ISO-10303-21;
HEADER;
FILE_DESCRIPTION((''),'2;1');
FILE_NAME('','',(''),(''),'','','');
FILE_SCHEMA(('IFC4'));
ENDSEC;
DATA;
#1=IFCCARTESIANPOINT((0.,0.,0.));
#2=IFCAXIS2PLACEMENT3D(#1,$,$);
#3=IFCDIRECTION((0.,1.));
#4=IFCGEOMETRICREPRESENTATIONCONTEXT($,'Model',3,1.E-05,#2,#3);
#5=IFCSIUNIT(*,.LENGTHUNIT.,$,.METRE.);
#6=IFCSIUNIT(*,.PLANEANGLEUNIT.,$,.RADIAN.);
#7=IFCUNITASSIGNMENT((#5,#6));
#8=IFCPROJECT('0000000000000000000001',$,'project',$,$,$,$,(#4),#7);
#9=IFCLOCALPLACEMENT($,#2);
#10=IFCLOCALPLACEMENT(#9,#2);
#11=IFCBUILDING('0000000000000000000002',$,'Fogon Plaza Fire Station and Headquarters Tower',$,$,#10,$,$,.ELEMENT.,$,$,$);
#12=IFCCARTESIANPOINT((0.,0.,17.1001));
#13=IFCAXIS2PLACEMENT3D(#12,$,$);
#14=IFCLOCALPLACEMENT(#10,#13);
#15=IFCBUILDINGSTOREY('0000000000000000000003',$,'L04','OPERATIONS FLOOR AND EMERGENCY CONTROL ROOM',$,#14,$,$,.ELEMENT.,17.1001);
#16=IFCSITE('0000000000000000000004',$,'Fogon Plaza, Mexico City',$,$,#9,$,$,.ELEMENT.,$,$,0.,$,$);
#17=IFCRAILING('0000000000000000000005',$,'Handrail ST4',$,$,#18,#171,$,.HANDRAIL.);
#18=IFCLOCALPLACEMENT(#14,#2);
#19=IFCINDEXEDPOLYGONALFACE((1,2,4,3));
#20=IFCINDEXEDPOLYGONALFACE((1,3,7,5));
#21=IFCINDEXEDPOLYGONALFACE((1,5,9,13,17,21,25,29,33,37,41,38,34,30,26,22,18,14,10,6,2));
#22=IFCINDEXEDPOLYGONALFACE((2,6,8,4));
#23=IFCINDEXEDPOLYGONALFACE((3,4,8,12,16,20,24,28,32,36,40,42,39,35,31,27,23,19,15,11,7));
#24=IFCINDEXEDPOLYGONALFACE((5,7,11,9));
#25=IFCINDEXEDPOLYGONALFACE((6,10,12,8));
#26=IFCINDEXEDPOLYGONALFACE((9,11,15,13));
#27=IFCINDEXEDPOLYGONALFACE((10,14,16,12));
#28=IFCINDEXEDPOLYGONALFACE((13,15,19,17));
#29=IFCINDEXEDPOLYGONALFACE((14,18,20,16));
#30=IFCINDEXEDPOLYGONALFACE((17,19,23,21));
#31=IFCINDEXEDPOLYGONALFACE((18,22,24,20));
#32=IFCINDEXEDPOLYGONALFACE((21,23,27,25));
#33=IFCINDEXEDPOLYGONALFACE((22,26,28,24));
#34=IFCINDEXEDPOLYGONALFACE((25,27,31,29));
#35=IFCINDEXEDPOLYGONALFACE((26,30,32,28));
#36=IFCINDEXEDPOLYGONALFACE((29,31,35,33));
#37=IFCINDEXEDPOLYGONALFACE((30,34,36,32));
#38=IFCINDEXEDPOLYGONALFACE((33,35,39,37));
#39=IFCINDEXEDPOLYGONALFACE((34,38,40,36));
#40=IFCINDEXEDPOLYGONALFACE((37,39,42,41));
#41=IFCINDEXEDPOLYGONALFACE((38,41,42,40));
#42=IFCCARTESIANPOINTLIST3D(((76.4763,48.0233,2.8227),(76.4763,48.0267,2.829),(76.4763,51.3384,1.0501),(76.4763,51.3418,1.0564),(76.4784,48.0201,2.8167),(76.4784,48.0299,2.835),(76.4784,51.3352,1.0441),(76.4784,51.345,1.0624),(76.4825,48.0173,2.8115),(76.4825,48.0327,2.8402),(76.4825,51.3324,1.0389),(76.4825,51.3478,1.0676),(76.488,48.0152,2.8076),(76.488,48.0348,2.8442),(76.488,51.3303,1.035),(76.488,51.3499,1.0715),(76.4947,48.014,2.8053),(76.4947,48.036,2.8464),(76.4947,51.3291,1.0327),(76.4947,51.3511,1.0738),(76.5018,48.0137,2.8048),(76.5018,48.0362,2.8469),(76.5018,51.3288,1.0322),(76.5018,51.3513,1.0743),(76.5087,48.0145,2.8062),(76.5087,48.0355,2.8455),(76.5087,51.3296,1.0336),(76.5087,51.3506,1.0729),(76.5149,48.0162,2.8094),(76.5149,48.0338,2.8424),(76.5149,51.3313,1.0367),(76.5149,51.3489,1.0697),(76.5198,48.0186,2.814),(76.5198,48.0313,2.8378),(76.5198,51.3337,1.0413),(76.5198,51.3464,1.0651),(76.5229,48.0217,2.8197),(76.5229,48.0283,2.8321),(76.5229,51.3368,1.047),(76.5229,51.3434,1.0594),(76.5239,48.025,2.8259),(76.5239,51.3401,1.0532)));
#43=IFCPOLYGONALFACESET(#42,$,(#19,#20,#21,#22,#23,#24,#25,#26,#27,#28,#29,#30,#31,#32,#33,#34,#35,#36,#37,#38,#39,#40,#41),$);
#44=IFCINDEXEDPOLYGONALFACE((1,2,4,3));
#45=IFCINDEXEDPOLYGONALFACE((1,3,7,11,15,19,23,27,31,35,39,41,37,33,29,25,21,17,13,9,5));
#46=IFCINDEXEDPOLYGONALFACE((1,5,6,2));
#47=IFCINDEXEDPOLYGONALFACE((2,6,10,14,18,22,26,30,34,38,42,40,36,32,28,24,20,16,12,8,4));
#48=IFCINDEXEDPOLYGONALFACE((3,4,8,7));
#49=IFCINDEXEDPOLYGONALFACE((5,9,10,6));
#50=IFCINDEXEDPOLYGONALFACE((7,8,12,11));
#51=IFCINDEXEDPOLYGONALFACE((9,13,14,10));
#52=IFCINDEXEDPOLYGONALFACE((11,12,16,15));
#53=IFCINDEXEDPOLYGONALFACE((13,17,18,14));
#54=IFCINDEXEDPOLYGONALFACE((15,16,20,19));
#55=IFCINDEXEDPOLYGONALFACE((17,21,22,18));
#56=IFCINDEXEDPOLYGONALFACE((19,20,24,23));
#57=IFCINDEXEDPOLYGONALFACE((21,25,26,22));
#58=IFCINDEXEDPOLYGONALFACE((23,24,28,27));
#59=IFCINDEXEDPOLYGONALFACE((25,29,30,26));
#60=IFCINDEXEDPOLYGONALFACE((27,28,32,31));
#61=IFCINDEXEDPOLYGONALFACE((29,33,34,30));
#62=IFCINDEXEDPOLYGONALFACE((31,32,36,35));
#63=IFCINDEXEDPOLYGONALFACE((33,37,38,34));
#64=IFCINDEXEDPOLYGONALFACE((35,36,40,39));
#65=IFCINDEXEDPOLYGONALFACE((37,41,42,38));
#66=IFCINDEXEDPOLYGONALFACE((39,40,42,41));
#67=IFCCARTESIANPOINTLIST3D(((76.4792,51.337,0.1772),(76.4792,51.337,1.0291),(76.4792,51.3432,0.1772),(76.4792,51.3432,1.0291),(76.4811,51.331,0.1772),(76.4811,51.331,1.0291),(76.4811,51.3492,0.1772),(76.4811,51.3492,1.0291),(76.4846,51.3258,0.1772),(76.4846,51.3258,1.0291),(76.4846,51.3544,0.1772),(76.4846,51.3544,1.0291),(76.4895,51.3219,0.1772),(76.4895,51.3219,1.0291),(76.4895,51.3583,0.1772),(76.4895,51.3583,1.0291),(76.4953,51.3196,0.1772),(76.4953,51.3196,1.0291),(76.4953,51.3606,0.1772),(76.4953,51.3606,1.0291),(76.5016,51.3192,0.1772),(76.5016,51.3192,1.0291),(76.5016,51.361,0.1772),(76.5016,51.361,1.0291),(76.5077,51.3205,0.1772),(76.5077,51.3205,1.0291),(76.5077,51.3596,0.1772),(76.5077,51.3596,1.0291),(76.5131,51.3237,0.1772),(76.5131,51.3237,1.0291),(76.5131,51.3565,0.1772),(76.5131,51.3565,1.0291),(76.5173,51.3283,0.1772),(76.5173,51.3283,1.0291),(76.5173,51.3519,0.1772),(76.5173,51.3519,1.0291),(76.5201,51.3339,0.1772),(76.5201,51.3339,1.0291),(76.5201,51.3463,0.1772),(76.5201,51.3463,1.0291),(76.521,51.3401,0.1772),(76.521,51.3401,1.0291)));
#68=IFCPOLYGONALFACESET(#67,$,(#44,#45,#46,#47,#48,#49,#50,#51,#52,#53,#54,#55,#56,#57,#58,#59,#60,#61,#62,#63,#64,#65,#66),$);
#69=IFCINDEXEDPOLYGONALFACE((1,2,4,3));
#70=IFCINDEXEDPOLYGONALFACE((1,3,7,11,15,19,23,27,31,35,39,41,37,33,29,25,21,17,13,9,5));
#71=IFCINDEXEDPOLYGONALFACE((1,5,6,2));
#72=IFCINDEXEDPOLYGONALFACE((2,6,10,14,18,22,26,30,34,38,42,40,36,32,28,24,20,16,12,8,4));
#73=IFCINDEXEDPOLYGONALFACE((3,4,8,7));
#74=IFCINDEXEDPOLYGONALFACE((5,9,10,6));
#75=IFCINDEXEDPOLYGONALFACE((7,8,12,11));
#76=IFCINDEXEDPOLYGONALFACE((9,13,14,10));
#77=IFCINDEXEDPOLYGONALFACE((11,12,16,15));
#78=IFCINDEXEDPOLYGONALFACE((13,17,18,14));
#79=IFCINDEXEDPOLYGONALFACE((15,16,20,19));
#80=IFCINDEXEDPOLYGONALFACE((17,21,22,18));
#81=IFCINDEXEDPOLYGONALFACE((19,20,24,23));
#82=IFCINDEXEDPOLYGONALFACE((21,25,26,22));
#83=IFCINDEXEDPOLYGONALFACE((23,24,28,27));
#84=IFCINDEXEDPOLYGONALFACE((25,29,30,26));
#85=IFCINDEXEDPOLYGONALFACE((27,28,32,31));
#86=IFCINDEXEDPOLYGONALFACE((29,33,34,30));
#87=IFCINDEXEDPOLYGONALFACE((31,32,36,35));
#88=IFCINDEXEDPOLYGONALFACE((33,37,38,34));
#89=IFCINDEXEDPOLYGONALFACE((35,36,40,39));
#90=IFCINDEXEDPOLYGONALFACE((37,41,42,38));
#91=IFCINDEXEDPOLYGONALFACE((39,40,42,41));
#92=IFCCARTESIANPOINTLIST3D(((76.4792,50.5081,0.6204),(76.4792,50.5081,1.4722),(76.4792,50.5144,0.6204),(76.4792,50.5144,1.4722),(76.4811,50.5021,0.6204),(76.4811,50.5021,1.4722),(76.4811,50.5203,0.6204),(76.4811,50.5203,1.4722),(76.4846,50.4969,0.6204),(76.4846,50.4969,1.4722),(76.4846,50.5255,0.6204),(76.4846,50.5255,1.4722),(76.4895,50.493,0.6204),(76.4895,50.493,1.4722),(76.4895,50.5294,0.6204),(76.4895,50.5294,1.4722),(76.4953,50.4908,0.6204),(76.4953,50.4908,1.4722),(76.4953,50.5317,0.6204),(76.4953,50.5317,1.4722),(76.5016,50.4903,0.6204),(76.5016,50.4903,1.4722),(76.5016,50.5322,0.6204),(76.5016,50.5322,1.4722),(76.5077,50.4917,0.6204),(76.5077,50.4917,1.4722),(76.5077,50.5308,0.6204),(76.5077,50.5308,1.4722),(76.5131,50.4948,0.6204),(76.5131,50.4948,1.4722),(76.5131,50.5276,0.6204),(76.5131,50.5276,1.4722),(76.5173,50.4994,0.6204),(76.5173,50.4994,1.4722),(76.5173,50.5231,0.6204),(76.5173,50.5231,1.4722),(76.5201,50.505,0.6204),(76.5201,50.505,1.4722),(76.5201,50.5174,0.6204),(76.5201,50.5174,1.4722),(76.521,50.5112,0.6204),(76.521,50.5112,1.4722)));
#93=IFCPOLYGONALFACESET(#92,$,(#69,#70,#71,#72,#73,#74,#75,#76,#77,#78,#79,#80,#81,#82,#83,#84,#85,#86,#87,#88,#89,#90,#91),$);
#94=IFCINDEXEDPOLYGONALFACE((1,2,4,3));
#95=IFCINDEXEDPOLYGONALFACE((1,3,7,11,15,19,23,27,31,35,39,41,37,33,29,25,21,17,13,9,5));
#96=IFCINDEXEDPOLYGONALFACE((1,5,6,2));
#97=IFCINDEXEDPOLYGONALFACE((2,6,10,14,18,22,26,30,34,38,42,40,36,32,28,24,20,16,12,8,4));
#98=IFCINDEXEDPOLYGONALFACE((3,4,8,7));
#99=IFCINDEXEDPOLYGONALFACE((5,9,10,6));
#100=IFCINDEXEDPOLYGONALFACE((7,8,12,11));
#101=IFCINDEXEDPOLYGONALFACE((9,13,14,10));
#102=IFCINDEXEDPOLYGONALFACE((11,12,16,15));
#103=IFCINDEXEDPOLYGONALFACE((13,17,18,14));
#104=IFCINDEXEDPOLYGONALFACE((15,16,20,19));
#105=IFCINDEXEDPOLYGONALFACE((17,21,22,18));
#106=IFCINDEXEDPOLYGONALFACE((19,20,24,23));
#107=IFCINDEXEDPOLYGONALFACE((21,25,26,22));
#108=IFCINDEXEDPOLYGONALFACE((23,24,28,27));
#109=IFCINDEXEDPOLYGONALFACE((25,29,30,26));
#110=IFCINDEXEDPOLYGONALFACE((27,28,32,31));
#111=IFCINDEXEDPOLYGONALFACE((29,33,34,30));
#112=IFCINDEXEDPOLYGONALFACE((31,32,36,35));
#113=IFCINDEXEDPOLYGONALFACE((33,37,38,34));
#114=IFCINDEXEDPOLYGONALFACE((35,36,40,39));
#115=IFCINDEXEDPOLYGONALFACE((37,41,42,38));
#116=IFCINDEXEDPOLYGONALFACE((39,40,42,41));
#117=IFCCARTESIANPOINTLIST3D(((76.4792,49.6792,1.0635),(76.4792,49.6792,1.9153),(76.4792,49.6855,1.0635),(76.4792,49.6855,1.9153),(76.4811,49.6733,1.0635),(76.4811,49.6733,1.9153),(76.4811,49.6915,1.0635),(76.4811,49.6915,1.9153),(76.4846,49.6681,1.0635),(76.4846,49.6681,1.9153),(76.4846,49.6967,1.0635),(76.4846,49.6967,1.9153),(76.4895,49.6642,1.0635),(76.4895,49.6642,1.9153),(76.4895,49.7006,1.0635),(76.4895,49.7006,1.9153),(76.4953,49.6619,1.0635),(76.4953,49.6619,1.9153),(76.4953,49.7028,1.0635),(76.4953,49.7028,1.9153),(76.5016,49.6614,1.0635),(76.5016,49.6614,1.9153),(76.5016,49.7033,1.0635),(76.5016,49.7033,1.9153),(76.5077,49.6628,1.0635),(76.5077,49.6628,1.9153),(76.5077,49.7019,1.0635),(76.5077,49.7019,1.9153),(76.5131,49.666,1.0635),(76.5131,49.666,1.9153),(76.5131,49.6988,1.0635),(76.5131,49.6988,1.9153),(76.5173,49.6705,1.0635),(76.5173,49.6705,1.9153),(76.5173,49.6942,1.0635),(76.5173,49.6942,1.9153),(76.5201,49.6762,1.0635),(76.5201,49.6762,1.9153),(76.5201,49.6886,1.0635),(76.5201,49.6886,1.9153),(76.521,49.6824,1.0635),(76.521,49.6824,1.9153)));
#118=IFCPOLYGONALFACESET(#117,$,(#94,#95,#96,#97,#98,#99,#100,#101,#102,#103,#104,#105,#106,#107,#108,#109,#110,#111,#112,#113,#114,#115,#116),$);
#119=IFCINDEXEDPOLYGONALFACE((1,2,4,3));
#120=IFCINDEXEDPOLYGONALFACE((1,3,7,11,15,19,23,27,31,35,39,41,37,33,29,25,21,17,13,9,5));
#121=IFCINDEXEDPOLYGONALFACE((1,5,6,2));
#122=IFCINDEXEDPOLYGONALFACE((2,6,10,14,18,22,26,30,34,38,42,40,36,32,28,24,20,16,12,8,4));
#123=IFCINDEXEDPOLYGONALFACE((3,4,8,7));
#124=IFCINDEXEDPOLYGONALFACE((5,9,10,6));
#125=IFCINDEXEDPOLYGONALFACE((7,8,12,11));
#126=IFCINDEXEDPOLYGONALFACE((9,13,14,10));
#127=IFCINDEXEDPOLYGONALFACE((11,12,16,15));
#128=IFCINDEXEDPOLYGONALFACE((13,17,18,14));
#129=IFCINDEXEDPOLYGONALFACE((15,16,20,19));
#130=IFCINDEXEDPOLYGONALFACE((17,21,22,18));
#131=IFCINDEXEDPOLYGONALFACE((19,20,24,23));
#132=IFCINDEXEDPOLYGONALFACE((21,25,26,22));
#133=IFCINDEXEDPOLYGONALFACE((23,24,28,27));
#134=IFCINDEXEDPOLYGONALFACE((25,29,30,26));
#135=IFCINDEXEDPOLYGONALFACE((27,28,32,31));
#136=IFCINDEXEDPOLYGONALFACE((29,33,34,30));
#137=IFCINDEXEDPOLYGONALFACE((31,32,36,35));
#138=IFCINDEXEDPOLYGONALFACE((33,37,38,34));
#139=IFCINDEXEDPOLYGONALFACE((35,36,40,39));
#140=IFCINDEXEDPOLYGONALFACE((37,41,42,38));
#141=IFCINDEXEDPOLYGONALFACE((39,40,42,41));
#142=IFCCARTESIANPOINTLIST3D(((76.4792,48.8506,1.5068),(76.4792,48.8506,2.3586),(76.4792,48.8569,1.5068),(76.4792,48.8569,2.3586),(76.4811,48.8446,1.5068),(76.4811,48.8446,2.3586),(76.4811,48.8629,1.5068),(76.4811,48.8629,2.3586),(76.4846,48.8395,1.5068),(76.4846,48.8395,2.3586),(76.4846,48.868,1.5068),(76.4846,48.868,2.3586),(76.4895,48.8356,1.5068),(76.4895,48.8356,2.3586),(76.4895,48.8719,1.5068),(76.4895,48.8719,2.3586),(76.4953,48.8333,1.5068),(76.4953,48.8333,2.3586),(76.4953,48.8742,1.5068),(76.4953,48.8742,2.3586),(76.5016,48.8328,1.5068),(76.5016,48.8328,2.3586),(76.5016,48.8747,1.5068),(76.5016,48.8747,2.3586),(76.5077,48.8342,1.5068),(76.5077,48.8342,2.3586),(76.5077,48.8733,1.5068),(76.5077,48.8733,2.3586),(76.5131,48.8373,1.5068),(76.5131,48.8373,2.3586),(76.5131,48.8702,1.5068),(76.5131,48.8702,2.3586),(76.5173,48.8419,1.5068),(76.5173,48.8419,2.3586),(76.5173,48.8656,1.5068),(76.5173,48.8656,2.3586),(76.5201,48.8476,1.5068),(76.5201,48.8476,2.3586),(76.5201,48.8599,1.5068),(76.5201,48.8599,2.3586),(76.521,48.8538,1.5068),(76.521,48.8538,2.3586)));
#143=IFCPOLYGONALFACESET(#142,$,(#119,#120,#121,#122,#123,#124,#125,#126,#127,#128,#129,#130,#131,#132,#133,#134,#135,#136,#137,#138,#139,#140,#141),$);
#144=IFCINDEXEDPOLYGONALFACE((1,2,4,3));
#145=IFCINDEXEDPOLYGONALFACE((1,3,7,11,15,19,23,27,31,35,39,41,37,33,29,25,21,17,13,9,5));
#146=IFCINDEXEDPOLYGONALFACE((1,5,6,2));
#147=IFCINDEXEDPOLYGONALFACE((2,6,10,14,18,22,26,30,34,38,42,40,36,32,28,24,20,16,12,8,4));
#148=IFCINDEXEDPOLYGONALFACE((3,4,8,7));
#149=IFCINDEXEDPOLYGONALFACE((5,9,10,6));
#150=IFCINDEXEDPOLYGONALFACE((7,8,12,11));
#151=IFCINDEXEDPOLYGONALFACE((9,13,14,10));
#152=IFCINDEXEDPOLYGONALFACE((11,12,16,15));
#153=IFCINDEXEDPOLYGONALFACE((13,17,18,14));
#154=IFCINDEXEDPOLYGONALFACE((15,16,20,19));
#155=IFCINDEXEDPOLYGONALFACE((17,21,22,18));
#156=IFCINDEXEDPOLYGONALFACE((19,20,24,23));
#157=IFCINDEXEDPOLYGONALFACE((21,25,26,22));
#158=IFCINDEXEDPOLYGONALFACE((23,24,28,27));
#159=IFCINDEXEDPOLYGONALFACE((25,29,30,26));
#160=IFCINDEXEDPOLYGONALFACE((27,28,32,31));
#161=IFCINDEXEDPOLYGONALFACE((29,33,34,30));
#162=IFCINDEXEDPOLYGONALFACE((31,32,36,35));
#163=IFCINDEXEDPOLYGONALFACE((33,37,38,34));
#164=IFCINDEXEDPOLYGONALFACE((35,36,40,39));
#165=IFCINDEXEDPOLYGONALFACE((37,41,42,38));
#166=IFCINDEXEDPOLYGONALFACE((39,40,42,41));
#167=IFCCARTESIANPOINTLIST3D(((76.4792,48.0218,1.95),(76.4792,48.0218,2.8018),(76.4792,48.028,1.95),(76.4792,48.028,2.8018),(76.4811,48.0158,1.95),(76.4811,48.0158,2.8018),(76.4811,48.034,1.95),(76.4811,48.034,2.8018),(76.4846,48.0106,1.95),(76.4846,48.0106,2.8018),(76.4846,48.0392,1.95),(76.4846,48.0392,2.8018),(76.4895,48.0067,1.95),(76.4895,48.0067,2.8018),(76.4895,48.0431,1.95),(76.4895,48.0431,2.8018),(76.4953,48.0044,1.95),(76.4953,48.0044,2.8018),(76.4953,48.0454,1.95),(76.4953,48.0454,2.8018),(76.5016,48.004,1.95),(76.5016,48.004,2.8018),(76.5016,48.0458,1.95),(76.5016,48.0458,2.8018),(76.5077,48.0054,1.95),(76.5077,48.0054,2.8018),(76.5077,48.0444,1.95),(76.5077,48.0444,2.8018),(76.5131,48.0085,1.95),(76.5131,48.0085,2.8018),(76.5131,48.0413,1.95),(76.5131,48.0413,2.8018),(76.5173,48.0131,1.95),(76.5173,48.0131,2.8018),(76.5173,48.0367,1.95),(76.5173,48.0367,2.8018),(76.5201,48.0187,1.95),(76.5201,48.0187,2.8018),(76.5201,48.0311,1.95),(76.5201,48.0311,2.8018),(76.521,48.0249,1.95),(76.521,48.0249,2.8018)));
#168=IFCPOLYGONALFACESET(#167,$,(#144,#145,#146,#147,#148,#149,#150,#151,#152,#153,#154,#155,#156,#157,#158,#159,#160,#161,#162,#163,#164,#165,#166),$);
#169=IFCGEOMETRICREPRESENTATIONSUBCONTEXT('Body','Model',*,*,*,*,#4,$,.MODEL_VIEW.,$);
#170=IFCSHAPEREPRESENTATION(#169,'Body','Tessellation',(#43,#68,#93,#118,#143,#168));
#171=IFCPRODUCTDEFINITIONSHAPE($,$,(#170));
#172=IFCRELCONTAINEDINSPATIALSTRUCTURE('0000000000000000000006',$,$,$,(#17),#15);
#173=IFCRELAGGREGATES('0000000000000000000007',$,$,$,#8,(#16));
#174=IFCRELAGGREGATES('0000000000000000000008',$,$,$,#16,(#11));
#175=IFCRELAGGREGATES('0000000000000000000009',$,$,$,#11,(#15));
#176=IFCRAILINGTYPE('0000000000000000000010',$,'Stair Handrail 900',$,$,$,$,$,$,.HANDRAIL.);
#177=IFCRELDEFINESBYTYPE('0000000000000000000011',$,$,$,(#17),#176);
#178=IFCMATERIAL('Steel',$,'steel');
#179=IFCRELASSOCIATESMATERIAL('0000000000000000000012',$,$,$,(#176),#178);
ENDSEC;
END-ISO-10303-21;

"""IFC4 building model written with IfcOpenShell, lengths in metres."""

from ifc_helpers import new_model, si_unit, direction, frame, origin, origin_2d, place, context, subcontext, project, spatial, circle, extrude, material, type_object, element, save


model = new_model("IFC4")

# Units and contexts
model_context = context("Model", 3, precision=1e-05, world=origin(), true_north=direction((0.0, 1.0)))
body_context = subcontext(model_context, "Body", "Model", "MODEL_VIEW")
ifc_project = project(units=[si_unit("LENGTHUNIT", "METRE"), si_unit("PLANEANGLEUNIT", "RADIAN")], contexts=[model_context])

# Site, building, storey
site_placement = place(None, origin())
site = spatial("IfcSite", under=ifc_project, at=site_placement, Name="Fogon Plaza, Mexico City", CompositionType="ELEMENT", RefElevation=0.0)
building_placement = place(site_placement, origin())
building = spatial("IfcBuilding", under=site, at=building_placement, Name="Fogon Plaza Fire Station and Headquarters Tower", CompositionType="ELEMENT")
storey_placement = place(building_placement, frame((0.0, 0.0, 17.1001)))
storey = spatial("IfcBuildingStorey", under=building, at=storey_placement, Name="L04", Description="OPERATIONS FLOOR AND EMERGENCY CONTROL ROOM", CompositionType="ELEMENT", Elevation=17.1001)

# Railing
ifc_material_1 = material(Name="Steel", Category="steel")
railing_type = type_object("IfcRailingType", Name="Stair Handrail 900", PredefinedType="HANDRAIL", material=ifc_material_1)
for number, where, name in (
    (1, (76.5, 51.3401, 0.1772), "Handrail ST4"),
):
    element("IfcRailing", number, at=place(storey_placement, frame(where)), inside=storey, type_object=railing_type, Name=name, PredefinedType="HANDRAIL", context=body_context, shape_type="SweptSolid", body=[
        extrude(circle(Radius=0.0239, at=origin_2d()), frame((0.0, 0.0, 0.876), z_axis=(0.0, -0.881844, 0.471542), x_axis=(1.0, 0.0, 0.0)), (0.0, 0.0, 1.0), 3.7593),
        extrude(circle(Radius=0.021, at=origin_2d()), origin(), (0.0, 0.0, 1.0), 0.8518),
        extrude(circle(Radius=0.021, at=origin_2d()), frame((0.0, -0.8289, 0.4431)), (0.0, 0.0, 1.0), 0.8518),
        extrude(circle(Radius=0.021, at=origin_2d()), frame((0.0, -1.6577, 0.8862)), (0.0, 0.0, 1.0), 0.8518),
        extrude(circle(Radius=0.021, at=origin_2d()), frame((0.0, -2.4863, 1.3296)), (0.0, 0.0, 1.0), 0.8518),
        extrude(circle(Radius=0.021, at=origin_2d()), frame((0.0, -3.3152, 1.7727)), (0.0, 0.0, 1.0), 0.8518),
    ])

save(model, "model.ifc")
